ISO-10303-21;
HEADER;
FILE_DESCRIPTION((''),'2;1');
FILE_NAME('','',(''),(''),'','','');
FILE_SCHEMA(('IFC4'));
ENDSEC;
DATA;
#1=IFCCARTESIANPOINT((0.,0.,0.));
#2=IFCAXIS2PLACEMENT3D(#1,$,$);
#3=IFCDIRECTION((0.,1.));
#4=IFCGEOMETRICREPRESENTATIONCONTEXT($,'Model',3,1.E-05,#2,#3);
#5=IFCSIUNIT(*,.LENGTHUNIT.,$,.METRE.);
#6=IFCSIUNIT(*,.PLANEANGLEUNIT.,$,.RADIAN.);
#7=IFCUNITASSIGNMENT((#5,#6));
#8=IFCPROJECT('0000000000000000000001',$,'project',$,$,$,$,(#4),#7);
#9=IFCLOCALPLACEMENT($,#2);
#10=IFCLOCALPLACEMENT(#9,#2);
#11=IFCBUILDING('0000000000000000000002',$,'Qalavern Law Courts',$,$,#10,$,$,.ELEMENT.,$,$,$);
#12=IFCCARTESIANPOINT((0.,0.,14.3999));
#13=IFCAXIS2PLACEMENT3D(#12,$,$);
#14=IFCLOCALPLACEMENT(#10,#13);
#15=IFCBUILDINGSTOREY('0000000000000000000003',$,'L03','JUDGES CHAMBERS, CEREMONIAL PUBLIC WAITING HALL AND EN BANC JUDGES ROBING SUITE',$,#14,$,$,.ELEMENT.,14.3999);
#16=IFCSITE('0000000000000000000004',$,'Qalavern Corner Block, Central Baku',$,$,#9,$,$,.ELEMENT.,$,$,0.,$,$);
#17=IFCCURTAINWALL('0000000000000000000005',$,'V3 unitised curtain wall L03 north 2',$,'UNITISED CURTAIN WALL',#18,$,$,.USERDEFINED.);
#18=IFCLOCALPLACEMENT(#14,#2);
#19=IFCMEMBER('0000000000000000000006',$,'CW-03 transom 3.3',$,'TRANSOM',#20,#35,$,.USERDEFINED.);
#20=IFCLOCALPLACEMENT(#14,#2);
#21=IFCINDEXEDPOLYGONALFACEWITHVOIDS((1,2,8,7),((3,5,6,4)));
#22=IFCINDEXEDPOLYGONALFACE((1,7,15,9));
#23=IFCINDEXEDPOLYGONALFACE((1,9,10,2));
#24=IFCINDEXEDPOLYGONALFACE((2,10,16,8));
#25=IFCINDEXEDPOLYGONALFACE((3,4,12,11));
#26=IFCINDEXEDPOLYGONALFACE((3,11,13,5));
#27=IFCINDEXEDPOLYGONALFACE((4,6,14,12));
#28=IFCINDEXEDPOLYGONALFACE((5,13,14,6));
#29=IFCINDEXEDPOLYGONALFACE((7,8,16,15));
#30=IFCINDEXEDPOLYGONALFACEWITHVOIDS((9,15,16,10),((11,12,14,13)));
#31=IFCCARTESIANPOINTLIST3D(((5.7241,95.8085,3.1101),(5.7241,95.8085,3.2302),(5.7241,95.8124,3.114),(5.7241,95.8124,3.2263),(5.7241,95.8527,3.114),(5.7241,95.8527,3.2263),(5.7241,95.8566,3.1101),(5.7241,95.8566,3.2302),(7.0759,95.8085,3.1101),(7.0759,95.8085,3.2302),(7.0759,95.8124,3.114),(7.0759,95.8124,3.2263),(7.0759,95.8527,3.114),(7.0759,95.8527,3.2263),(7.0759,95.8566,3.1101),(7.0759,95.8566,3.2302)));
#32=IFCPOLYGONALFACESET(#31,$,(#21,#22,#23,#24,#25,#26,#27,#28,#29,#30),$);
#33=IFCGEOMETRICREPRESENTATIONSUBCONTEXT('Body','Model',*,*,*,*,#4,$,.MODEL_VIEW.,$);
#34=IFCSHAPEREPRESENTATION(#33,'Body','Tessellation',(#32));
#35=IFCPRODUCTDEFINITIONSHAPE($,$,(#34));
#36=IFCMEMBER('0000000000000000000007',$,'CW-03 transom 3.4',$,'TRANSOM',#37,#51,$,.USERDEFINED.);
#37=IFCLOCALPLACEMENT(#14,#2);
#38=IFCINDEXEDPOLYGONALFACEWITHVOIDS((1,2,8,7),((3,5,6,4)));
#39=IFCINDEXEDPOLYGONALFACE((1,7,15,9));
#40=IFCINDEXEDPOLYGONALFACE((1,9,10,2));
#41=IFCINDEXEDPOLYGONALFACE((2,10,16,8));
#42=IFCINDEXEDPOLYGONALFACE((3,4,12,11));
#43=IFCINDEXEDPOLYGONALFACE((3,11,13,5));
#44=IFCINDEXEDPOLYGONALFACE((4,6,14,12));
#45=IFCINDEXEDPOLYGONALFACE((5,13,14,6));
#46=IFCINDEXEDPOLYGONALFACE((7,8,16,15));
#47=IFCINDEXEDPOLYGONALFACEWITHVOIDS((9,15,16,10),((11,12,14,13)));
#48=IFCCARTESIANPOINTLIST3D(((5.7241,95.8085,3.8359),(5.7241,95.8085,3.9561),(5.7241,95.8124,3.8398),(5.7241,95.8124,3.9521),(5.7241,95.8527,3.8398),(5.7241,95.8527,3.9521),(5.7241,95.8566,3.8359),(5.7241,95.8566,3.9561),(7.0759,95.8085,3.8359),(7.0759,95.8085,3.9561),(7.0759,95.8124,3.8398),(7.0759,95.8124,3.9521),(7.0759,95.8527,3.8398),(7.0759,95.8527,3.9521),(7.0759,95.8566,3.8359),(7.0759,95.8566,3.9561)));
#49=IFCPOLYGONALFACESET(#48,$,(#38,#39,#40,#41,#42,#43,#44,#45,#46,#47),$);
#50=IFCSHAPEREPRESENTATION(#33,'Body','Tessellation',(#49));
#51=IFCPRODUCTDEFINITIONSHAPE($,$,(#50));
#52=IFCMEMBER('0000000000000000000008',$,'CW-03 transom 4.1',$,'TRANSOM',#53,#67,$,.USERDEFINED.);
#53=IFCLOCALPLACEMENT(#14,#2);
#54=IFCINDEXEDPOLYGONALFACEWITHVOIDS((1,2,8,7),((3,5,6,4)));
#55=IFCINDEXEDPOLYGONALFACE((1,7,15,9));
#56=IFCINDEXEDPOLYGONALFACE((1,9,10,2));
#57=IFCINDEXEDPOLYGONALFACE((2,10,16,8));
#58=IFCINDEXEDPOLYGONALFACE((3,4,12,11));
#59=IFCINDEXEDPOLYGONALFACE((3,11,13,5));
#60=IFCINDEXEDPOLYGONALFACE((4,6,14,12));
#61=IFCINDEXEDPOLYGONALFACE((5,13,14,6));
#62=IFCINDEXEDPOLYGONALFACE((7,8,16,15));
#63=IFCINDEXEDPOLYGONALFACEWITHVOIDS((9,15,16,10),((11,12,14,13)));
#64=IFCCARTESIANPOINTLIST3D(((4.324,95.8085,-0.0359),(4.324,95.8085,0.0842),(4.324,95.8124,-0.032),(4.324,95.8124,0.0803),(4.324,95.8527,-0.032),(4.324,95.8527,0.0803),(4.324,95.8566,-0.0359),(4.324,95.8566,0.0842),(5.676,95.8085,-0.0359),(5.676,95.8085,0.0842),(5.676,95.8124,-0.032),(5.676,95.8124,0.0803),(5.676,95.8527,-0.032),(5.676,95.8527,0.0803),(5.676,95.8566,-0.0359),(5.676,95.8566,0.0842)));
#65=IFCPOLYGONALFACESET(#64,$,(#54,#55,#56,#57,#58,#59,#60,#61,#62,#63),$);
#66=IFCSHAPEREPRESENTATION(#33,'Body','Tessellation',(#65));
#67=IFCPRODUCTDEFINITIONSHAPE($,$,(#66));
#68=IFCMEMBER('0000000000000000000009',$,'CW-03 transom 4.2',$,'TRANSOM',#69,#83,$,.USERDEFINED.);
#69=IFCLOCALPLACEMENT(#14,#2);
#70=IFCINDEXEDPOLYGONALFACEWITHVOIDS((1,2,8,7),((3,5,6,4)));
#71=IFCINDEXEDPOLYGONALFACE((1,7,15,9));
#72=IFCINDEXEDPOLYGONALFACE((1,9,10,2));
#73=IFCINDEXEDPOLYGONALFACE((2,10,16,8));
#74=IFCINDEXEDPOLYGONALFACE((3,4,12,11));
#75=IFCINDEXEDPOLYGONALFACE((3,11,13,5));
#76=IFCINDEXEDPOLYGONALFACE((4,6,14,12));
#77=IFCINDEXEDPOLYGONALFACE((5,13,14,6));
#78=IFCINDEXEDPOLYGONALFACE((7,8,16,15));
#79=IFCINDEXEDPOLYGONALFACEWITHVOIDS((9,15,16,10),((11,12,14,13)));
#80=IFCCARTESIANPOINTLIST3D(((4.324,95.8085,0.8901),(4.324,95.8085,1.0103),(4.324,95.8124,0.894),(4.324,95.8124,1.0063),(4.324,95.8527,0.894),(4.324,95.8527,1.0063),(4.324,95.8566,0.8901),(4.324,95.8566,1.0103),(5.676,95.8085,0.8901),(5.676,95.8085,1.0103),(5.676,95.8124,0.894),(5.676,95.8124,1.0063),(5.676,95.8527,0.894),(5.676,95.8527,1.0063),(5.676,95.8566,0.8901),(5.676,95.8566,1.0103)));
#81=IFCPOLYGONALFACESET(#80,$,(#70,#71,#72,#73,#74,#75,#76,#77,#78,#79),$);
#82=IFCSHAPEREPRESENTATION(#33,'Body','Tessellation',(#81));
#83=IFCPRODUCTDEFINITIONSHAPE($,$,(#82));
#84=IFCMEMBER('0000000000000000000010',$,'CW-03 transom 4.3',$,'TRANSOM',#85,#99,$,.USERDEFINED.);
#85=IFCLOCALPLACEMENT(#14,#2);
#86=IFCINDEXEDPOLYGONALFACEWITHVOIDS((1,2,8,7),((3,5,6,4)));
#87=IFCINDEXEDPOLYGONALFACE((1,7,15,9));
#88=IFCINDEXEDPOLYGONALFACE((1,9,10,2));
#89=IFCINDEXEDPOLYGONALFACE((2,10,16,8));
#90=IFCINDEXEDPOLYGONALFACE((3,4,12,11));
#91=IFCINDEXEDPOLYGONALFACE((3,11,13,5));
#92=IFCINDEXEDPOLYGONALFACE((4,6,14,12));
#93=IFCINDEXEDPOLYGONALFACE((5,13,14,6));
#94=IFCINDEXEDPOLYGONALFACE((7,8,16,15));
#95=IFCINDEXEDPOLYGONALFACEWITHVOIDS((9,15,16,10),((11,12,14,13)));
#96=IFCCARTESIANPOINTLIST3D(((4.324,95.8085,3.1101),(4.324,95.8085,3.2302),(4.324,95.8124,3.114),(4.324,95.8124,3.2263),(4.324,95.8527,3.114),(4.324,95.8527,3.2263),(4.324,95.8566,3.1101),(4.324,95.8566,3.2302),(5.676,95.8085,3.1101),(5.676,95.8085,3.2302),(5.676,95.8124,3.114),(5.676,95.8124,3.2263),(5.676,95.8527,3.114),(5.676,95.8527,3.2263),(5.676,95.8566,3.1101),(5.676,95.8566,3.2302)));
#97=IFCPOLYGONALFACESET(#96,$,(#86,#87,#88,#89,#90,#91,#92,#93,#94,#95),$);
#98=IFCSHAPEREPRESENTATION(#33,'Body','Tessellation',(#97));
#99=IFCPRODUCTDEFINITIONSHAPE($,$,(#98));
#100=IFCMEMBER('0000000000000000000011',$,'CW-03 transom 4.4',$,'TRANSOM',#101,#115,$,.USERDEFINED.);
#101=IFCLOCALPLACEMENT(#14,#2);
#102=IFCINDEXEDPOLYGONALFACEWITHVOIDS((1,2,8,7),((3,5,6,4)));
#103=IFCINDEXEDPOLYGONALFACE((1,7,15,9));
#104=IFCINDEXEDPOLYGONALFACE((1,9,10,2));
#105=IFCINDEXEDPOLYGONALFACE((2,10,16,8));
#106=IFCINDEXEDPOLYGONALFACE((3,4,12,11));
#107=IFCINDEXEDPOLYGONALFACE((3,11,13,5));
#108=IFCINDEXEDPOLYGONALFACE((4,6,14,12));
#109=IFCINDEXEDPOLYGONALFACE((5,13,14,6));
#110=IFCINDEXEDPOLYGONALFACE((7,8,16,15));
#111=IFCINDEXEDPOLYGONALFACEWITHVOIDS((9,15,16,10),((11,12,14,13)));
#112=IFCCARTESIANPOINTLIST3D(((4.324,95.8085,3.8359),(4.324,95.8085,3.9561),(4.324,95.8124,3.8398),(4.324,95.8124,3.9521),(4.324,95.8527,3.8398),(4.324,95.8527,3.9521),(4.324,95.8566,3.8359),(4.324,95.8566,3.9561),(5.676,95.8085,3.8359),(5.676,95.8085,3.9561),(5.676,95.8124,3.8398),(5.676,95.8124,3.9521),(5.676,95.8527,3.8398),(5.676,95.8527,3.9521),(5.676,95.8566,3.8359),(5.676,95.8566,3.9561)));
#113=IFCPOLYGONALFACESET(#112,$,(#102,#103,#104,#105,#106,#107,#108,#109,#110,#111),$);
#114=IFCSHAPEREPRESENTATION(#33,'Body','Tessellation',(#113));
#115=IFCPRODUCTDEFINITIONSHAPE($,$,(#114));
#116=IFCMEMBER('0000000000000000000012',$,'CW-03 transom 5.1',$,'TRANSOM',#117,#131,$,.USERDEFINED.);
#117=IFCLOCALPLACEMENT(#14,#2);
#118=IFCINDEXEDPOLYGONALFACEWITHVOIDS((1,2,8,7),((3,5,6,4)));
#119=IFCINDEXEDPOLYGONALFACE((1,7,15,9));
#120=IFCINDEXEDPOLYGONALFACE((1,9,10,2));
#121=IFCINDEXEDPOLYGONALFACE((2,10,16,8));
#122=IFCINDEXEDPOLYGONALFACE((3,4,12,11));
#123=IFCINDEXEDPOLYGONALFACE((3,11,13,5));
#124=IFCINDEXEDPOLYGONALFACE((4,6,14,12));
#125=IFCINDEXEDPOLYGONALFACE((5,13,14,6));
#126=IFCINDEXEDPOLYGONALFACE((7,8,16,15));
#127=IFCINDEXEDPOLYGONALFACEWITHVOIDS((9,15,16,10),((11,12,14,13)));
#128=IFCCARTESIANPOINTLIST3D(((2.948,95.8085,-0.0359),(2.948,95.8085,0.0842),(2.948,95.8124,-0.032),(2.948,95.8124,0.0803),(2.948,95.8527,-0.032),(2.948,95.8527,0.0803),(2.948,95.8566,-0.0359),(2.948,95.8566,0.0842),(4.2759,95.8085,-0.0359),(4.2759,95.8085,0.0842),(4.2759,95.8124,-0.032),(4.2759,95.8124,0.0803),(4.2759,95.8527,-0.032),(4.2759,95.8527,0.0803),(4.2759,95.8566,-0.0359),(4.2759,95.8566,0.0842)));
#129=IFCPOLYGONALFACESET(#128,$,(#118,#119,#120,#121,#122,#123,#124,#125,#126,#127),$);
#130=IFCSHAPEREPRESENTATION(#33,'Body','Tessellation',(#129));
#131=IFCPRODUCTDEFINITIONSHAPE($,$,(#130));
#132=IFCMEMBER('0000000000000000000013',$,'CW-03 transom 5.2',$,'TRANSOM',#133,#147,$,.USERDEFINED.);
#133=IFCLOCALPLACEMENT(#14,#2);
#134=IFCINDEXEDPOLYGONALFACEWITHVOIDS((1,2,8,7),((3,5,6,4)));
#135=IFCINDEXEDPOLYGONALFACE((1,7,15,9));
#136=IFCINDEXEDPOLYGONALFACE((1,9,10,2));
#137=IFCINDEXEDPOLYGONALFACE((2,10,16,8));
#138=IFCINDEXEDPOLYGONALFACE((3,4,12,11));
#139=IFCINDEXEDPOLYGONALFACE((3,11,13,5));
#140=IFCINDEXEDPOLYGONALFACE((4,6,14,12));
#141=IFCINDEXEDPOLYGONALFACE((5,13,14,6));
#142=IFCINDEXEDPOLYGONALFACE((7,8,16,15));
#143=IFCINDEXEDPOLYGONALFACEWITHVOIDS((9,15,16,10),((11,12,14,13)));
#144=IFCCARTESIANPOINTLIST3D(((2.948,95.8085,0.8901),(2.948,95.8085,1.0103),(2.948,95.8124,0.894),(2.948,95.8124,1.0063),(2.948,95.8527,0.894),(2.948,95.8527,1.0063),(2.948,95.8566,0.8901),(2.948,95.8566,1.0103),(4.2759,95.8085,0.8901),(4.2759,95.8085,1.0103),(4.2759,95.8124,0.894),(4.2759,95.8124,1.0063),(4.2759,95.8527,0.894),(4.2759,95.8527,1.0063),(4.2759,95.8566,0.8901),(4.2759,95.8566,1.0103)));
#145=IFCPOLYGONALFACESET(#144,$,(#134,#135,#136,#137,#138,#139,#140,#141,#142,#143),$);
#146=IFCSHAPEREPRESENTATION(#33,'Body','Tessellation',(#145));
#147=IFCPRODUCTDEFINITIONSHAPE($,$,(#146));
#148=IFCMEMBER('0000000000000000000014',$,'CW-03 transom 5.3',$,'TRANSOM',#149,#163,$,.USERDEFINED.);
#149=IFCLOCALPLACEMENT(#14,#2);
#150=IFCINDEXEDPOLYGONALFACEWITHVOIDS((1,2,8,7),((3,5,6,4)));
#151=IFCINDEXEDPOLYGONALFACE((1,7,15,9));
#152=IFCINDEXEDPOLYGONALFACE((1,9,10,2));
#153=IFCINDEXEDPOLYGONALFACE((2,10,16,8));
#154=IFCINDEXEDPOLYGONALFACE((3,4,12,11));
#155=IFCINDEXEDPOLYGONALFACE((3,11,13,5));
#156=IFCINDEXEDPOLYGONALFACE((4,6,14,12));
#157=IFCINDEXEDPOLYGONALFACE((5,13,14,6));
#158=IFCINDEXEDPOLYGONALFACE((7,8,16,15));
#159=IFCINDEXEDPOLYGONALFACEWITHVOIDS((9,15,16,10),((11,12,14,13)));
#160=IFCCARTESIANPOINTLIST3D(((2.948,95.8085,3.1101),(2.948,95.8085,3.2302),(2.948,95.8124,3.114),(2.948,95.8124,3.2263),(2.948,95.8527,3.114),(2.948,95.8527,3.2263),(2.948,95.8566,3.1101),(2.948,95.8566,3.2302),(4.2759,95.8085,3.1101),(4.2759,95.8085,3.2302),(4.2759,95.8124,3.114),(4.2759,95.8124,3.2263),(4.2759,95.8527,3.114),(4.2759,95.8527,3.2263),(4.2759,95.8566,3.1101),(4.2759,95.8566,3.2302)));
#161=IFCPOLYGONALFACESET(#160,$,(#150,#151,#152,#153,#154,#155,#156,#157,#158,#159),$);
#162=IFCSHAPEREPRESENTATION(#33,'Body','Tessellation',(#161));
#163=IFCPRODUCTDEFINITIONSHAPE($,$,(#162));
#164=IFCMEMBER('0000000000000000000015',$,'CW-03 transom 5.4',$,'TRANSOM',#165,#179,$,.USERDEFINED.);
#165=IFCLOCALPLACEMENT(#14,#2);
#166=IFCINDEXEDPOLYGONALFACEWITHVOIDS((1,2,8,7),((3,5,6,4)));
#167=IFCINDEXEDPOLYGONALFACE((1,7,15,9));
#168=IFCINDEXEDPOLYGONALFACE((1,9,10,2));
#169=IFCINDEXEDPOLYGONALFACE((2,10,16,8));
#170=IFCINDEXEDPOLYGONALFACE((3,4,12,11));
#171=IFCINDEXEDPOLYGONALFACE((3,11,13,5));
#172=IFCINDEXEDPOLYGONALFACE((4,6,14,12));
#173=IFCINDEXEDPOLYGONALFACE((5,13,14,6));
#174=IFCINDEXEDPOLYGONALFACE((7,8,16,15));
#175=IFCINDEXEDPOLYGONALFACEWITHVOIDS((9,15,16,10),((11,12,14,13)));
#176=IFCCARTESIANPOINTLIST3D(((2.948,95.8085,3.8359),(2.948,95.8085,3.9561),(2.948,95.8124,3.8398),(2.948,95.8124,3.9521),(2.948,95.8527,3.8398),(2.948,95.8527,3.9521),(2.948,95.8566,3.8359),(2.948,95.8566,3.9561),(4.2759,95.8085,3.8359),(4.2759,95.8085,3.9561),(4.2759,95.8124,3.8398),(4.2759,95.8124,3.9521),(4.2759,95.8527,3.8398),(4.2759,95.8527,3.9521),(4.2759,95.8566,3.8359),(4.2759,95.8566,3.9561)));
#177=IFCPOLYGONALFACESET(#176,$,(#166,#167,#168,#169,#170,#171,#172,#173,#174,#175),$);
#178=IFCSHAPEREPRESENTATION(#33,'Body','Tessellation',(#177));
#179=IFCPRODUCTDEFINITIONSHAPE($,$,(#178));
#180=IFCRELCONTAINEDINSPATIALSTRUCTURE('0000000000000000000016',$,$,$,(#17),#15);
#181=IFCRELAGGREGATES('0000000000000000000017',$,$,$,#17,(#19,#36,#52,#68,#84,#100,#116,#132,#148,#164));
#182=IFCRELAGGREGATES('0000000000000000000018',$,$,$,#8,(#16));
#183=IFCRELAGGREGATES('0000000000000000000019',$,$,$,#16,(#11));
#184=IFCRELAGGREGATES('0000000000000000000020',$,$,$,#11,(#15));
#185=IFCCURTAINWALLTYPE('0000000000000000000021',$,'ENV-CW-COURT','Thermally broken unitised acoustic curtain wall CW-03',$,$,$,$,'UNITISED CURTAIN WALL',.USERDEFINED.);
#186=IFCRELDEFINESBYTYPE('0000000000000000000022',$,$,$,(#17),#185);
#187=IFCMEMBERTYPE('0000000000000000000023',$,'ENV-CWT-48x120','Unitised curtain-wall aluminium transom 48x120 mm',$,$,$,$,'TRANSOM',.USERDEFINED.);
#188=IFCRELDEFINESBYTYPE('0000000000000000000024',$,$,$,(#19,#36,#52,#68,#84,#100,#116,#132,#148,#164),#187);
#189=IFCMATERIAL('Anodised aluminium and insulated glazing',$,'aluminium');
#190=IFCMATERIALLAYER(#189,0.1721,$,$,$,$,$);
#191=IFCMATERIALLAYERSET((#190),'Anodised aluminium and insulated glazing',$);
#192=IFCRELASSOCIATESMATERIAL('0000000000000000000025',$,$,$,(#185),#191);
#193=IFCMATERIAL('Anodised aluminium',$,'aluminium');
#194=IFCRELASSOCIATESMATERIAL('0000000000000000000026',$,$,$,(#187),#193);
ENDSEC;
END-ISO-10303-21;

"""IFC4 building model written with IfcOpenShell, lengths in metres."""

from ifc_helpers import new_model, si_unit, direction, frame, origin, origin_2d, place, context, subcontext, project, spatial, hollow_rectangle, extrude, material, layer, layer_set, material_profile, profile_set, type_object, element, aggregate, save


model = new_model("IFC4")

# Units and contexts
model_context = context("Model", 3, precision=1e-05, world=origin(), true_north=direction((0.0, 1.0)))
body_context = subcontext(model_context, "Body", "Model", "MODEL_VIEW")
ifc_project = project(units=[si_unit("LENGTHUNIT", "METRE"), si_unit("PLANEANGLEUNIT", "RADIAN")], contexts=[model_context])

# Site, building, storey
site_placement = place(None, origin())
site = spatial("IfcSite", under=ifc_project, at=site_placement, Name="Qalavern Corner Block, Central Baku", CompositionType="ELEMENT", RefElevation=0.0)
building_placement = place(site_placement, origin())
building = spatial("IfcBuilding", under=site, at=building_placement, Name="Qalavern Law Courts", CompositionType="ELEMENT")
storey_placement = place(building_placement, frame((0.0, 0.0, 14.3999)))
storey = spatial("IfcBuildingStorey", under=building, at=storey_placement, Name="L03", Description="JUDGES CHAMBERS, CEREMONIAL PUBLIC WAITING HALL AND EN BANC JUDGES ROBING SUITE", CompositionType="ELEMENT", Elevation=14.3999)

# Curtain wall, members
ifc_material_1 = material(Name="Anodised aluminium and insulated glazing", Category="aluminium")
ifc_layer_1 = layer(ifc_material_1, 0.1721)
ifc_layer_set_1 = layer_set([ifc_layer_1], Name="Anodised aluminium and insulated glazing")
curtain_wall_type = type_object("IfcCurtainWallType", Name="ENV-CW-COURT", Description="Thermally broken unitised acoustic curtain wall CW-03", ElementType="UNITISED CURTAIN WALL", PredefinedType="USERDEFINED", material=ifc_layer_set_1)
curtain_wall_placement = place(storey_placement, origin())
curtain_wall = element("IfcCurtainWall", 1, at=curtain_wall_placement, inside=storey, type_object=curtain_wall_type, Name="V3 unitised curtain wall L03 north 2", ObjectType="UNITISED CURTAIN WALL", PredefinedType="USERDEFINED")
ifc_material_2 = material(Name="Anodised aluminium", Category="aluminium")
ifc_material_profile_1 = material_profile(ifc_material_2, hollow_rectangle(XDim=0.0481, YDim=0.1201, WallThickness=0.0039, at=origin_2d()), Name="ALU TRANSOM 48x120")
ifc_profile_set_1 = profile_set([ifc_material_profile_1], Name="Anodised aluminium")
member_type_1 = type_object("IfcMemberType", Name="ENV-CWT-48x120", Description="Unitised curtain-wall aluminium transom 48x120 mm", ElementType="TRANSOM", PredefinedType="USERDEFINED", material=ifc_profile_set_1)
member_1_placement = place(storey_placement, frame((7.0759, 95.8325, 3.1702), z_axis=(-1.0, 0.0, 0.0), x_axis=(0.0, -1.0, 0.0)))
member_1 = element("IfcMember", 2, at=member_1_placement, type_object=member_type_1, Name="CW-03 transom 3.3", ObjectType="TRANSOM", PredefinedType="USERDEFINED", context=body_context, shape_type="SweptSolid", body=[
    extrude(hollow_rectangle(XDim=0.0481, YDim=0.1201, WallThickness=0.0039, at=origin_2d()), origin(), (0.0, 0.0, 1.0), 1.3518),
])
member_2_placement = place(storey_placement, frame((7.0759, 95.8325, 3.896), z_axis=(-1.0, 0.0, 0.0), x_axis=(0.0, -1.0, 0.0)))
member_2 = element("IfcMember", 3, at=member_2_placement, type_object=member_type_1, Name="CW-03 transom 3.4", ObjectType="TRANSOM", PredefinedType="USERDEFINED", context=body_context, shape_type="SweptSolid", body=[
    extrude(hollow_rectangle(XDim=0.0481, YDim=0.1201, WallThickness=0.0039, at=origin_2d()), origin(), (0.0, 0.0, 1.0), 1.3518),
])
member_3_placement = place(storey_placement, frame((5.676, 95.8325, 0.0242), z_axis=(-1.0, 0.0, 0.0), x_axis=(0.0, -1.0, 0.0)))
member_3 = element("IfcMember", 4, at=member_3_placement, type_object=member_type_1, Name="CW-03 transom 4.1", ObjectType="TRANSOM", PredefinedType="USERDEFINED", context=body_context, shape_type="SweptSolid", body=[
    extrude(hollow_rectangle(XDim=0.0481, YDim=0.1201, WallThickness=0.0039, at=origin_2d()), origin(), (0.0, 0.0, 1.0), 1.3521),
])
member_4_placement = place(storey_placement, frame((5.676, 95.8325, 0.9502), z_axis=(-1.0, 0.0, 0.0), x_axis=(0.0, -1.0, 0.0)))
member_4 = element("IfcMember", 5, at=member_4_placement, type_object=member_type_1, Name="CW-03 transom 4.2", ObjectType="TRANSOM", PredefinedType="USERDEFINED", context=body_context, shape_type="SweptSolid", body=[
    extrude(hollow_rectangle(XDim=0.0481, YDim=0.1201, WallThickness=0.0039, at=origin_2d()), origin(), (0.0, 0.0, 1.0), 1.3521),
])
member_5_placement = place(storey_placement, frame((5.676, 95.8325, 3.1702), z_axis=(-1.0, 0.0, 0.0), x_axis=(0.0, -1.0, 0.0)))
member_5 = element("IfcMember", 6, at=member_5_placement, type_object=member_type_1, Name="CW-03 transom 4.3", ObjectType="TRANSOM", PredefinedType="USERDEFINED", context=body_context, shape_type="SweptSolid", body=[
    extrude(hollow_rectangle(XDim=0.0481, YDim=0.1201, WallThickness=0.0039, at=origin_2d()), origin(), (0.0, 0.0, 1.0), 1.3521),
])
member_6_placement = place(storey_placement, frame((5.676, 95.8325, 3.896), z_axis=(-1.0, 0.0, 0.0), x_axis=(0.0, -1.0, 0.0)))
member_6 = element("IfcMember", 7, at=member_6_placement, type_object=member_type_1, Name="CW-03 transom 4.4", ObjectType="TRANSOM", PredefinedType="USERDEFINED", context=body_context, shape_type="SweptSolid", body=[
    extrude(hollow_rectangle(XDim=0.0481, YDim=0.1201, WallThickness=0.0039, at=origin_2d()), origin(), (0.0, 0.0, 1.0), 1.3521),
])
member_7_placement = place(storey_placement, frame((4.2759, 95.8325, 0.0242), z_axis=(-1.0, 0.0, 0.0), x_axis=(0.0, -1.0, 0.0)))
member_7 = element("IfcMember", 8, at=member_7_placement, type_object=member_type_1, Name="CW-03 transom 5.1", ObjectType="TRANSOM", PredefinedType="USERDEFINED", context=body_context, shape_type="SweptSolid", body=[
    extrude(hollow_rectangle(XDim=0.0481, YDim=0.1201, WallThickness=0.0039, at=origin_2d()), origin(), (0.0, 0.0, 1.0), 1.3279),
])
member_8_placement = place(storey_placement, frame((4.2759, 95.8325, 0.9502), z_axis=(-1.0, 0.0, 0.0), x_axis=(0.0, -1.0, 0.0)))
member_8 = element("IfcMember", 9, at=member_8_placement, type_object=member_type_1, Name="CW-03 transom 5.2", ObjectType="TRANSOM", PredefinedType="USERDEFINED", context=body_context, shape_type="SweptSolid", body=[
    extrude(hollow_rectangle(XDim=0.0481, YDim=0.1201, WallThickness=0.0039, at=origin_2d()), origin(), (0.0, 0.0, 1.0), 1.3279),
])
member_9_placement = place(storey_placement, frame((4.2759, 95.8325, 3.1702), z_axis=(-1.0, 0.0, 0.0), x_axis=(0.0, -1.0, 0.0)))
member_9 = element("IfcMember", 10, at=member_9_placement, type_object=member_type_1, Name="CW-03 transom 5.3", ObjectType="TRANSOM", PredefinedType="USERDEFINED", context=body_context, shape_type="SweptSolid", body=[
    extrude(hollow_rectangle(XDim=0.0481, YDim=0.1201, WallThickness=0.0039, at=origin_2d()), origin(), (0.0, 0.0, 1.0), 1.3279),
])
member_10_placement = place(storey_placement, frame((4.2759, 95.8325, 3.896), z_axis=(-1.0, 0.0, 0.0), x_axis=(0.0, -1.0, 0.0)))
member_10 = element("IfcMember", 11, at=member_10_placement, type_object=member_type_1, Name="CW-03 transom 5.4", ObjectType="TRANSOM", PredefinedType="USERDEFINED", context=body_context, shape_type="SweptSolid", body=[
    extrude(hollow_rectangle(XDim=0.0481, YDim=0.1201, WallThickness=0.0039, at=origin_2d()), origin(), (0.0, 0.0, 1.0), 1.3279),
])

aggregate(curtain_wall, [member_1, member_2, member_3, member_4, member_5, member_6, member_7, member_8, member_9, member_10])

save(model, "model.ifc")
